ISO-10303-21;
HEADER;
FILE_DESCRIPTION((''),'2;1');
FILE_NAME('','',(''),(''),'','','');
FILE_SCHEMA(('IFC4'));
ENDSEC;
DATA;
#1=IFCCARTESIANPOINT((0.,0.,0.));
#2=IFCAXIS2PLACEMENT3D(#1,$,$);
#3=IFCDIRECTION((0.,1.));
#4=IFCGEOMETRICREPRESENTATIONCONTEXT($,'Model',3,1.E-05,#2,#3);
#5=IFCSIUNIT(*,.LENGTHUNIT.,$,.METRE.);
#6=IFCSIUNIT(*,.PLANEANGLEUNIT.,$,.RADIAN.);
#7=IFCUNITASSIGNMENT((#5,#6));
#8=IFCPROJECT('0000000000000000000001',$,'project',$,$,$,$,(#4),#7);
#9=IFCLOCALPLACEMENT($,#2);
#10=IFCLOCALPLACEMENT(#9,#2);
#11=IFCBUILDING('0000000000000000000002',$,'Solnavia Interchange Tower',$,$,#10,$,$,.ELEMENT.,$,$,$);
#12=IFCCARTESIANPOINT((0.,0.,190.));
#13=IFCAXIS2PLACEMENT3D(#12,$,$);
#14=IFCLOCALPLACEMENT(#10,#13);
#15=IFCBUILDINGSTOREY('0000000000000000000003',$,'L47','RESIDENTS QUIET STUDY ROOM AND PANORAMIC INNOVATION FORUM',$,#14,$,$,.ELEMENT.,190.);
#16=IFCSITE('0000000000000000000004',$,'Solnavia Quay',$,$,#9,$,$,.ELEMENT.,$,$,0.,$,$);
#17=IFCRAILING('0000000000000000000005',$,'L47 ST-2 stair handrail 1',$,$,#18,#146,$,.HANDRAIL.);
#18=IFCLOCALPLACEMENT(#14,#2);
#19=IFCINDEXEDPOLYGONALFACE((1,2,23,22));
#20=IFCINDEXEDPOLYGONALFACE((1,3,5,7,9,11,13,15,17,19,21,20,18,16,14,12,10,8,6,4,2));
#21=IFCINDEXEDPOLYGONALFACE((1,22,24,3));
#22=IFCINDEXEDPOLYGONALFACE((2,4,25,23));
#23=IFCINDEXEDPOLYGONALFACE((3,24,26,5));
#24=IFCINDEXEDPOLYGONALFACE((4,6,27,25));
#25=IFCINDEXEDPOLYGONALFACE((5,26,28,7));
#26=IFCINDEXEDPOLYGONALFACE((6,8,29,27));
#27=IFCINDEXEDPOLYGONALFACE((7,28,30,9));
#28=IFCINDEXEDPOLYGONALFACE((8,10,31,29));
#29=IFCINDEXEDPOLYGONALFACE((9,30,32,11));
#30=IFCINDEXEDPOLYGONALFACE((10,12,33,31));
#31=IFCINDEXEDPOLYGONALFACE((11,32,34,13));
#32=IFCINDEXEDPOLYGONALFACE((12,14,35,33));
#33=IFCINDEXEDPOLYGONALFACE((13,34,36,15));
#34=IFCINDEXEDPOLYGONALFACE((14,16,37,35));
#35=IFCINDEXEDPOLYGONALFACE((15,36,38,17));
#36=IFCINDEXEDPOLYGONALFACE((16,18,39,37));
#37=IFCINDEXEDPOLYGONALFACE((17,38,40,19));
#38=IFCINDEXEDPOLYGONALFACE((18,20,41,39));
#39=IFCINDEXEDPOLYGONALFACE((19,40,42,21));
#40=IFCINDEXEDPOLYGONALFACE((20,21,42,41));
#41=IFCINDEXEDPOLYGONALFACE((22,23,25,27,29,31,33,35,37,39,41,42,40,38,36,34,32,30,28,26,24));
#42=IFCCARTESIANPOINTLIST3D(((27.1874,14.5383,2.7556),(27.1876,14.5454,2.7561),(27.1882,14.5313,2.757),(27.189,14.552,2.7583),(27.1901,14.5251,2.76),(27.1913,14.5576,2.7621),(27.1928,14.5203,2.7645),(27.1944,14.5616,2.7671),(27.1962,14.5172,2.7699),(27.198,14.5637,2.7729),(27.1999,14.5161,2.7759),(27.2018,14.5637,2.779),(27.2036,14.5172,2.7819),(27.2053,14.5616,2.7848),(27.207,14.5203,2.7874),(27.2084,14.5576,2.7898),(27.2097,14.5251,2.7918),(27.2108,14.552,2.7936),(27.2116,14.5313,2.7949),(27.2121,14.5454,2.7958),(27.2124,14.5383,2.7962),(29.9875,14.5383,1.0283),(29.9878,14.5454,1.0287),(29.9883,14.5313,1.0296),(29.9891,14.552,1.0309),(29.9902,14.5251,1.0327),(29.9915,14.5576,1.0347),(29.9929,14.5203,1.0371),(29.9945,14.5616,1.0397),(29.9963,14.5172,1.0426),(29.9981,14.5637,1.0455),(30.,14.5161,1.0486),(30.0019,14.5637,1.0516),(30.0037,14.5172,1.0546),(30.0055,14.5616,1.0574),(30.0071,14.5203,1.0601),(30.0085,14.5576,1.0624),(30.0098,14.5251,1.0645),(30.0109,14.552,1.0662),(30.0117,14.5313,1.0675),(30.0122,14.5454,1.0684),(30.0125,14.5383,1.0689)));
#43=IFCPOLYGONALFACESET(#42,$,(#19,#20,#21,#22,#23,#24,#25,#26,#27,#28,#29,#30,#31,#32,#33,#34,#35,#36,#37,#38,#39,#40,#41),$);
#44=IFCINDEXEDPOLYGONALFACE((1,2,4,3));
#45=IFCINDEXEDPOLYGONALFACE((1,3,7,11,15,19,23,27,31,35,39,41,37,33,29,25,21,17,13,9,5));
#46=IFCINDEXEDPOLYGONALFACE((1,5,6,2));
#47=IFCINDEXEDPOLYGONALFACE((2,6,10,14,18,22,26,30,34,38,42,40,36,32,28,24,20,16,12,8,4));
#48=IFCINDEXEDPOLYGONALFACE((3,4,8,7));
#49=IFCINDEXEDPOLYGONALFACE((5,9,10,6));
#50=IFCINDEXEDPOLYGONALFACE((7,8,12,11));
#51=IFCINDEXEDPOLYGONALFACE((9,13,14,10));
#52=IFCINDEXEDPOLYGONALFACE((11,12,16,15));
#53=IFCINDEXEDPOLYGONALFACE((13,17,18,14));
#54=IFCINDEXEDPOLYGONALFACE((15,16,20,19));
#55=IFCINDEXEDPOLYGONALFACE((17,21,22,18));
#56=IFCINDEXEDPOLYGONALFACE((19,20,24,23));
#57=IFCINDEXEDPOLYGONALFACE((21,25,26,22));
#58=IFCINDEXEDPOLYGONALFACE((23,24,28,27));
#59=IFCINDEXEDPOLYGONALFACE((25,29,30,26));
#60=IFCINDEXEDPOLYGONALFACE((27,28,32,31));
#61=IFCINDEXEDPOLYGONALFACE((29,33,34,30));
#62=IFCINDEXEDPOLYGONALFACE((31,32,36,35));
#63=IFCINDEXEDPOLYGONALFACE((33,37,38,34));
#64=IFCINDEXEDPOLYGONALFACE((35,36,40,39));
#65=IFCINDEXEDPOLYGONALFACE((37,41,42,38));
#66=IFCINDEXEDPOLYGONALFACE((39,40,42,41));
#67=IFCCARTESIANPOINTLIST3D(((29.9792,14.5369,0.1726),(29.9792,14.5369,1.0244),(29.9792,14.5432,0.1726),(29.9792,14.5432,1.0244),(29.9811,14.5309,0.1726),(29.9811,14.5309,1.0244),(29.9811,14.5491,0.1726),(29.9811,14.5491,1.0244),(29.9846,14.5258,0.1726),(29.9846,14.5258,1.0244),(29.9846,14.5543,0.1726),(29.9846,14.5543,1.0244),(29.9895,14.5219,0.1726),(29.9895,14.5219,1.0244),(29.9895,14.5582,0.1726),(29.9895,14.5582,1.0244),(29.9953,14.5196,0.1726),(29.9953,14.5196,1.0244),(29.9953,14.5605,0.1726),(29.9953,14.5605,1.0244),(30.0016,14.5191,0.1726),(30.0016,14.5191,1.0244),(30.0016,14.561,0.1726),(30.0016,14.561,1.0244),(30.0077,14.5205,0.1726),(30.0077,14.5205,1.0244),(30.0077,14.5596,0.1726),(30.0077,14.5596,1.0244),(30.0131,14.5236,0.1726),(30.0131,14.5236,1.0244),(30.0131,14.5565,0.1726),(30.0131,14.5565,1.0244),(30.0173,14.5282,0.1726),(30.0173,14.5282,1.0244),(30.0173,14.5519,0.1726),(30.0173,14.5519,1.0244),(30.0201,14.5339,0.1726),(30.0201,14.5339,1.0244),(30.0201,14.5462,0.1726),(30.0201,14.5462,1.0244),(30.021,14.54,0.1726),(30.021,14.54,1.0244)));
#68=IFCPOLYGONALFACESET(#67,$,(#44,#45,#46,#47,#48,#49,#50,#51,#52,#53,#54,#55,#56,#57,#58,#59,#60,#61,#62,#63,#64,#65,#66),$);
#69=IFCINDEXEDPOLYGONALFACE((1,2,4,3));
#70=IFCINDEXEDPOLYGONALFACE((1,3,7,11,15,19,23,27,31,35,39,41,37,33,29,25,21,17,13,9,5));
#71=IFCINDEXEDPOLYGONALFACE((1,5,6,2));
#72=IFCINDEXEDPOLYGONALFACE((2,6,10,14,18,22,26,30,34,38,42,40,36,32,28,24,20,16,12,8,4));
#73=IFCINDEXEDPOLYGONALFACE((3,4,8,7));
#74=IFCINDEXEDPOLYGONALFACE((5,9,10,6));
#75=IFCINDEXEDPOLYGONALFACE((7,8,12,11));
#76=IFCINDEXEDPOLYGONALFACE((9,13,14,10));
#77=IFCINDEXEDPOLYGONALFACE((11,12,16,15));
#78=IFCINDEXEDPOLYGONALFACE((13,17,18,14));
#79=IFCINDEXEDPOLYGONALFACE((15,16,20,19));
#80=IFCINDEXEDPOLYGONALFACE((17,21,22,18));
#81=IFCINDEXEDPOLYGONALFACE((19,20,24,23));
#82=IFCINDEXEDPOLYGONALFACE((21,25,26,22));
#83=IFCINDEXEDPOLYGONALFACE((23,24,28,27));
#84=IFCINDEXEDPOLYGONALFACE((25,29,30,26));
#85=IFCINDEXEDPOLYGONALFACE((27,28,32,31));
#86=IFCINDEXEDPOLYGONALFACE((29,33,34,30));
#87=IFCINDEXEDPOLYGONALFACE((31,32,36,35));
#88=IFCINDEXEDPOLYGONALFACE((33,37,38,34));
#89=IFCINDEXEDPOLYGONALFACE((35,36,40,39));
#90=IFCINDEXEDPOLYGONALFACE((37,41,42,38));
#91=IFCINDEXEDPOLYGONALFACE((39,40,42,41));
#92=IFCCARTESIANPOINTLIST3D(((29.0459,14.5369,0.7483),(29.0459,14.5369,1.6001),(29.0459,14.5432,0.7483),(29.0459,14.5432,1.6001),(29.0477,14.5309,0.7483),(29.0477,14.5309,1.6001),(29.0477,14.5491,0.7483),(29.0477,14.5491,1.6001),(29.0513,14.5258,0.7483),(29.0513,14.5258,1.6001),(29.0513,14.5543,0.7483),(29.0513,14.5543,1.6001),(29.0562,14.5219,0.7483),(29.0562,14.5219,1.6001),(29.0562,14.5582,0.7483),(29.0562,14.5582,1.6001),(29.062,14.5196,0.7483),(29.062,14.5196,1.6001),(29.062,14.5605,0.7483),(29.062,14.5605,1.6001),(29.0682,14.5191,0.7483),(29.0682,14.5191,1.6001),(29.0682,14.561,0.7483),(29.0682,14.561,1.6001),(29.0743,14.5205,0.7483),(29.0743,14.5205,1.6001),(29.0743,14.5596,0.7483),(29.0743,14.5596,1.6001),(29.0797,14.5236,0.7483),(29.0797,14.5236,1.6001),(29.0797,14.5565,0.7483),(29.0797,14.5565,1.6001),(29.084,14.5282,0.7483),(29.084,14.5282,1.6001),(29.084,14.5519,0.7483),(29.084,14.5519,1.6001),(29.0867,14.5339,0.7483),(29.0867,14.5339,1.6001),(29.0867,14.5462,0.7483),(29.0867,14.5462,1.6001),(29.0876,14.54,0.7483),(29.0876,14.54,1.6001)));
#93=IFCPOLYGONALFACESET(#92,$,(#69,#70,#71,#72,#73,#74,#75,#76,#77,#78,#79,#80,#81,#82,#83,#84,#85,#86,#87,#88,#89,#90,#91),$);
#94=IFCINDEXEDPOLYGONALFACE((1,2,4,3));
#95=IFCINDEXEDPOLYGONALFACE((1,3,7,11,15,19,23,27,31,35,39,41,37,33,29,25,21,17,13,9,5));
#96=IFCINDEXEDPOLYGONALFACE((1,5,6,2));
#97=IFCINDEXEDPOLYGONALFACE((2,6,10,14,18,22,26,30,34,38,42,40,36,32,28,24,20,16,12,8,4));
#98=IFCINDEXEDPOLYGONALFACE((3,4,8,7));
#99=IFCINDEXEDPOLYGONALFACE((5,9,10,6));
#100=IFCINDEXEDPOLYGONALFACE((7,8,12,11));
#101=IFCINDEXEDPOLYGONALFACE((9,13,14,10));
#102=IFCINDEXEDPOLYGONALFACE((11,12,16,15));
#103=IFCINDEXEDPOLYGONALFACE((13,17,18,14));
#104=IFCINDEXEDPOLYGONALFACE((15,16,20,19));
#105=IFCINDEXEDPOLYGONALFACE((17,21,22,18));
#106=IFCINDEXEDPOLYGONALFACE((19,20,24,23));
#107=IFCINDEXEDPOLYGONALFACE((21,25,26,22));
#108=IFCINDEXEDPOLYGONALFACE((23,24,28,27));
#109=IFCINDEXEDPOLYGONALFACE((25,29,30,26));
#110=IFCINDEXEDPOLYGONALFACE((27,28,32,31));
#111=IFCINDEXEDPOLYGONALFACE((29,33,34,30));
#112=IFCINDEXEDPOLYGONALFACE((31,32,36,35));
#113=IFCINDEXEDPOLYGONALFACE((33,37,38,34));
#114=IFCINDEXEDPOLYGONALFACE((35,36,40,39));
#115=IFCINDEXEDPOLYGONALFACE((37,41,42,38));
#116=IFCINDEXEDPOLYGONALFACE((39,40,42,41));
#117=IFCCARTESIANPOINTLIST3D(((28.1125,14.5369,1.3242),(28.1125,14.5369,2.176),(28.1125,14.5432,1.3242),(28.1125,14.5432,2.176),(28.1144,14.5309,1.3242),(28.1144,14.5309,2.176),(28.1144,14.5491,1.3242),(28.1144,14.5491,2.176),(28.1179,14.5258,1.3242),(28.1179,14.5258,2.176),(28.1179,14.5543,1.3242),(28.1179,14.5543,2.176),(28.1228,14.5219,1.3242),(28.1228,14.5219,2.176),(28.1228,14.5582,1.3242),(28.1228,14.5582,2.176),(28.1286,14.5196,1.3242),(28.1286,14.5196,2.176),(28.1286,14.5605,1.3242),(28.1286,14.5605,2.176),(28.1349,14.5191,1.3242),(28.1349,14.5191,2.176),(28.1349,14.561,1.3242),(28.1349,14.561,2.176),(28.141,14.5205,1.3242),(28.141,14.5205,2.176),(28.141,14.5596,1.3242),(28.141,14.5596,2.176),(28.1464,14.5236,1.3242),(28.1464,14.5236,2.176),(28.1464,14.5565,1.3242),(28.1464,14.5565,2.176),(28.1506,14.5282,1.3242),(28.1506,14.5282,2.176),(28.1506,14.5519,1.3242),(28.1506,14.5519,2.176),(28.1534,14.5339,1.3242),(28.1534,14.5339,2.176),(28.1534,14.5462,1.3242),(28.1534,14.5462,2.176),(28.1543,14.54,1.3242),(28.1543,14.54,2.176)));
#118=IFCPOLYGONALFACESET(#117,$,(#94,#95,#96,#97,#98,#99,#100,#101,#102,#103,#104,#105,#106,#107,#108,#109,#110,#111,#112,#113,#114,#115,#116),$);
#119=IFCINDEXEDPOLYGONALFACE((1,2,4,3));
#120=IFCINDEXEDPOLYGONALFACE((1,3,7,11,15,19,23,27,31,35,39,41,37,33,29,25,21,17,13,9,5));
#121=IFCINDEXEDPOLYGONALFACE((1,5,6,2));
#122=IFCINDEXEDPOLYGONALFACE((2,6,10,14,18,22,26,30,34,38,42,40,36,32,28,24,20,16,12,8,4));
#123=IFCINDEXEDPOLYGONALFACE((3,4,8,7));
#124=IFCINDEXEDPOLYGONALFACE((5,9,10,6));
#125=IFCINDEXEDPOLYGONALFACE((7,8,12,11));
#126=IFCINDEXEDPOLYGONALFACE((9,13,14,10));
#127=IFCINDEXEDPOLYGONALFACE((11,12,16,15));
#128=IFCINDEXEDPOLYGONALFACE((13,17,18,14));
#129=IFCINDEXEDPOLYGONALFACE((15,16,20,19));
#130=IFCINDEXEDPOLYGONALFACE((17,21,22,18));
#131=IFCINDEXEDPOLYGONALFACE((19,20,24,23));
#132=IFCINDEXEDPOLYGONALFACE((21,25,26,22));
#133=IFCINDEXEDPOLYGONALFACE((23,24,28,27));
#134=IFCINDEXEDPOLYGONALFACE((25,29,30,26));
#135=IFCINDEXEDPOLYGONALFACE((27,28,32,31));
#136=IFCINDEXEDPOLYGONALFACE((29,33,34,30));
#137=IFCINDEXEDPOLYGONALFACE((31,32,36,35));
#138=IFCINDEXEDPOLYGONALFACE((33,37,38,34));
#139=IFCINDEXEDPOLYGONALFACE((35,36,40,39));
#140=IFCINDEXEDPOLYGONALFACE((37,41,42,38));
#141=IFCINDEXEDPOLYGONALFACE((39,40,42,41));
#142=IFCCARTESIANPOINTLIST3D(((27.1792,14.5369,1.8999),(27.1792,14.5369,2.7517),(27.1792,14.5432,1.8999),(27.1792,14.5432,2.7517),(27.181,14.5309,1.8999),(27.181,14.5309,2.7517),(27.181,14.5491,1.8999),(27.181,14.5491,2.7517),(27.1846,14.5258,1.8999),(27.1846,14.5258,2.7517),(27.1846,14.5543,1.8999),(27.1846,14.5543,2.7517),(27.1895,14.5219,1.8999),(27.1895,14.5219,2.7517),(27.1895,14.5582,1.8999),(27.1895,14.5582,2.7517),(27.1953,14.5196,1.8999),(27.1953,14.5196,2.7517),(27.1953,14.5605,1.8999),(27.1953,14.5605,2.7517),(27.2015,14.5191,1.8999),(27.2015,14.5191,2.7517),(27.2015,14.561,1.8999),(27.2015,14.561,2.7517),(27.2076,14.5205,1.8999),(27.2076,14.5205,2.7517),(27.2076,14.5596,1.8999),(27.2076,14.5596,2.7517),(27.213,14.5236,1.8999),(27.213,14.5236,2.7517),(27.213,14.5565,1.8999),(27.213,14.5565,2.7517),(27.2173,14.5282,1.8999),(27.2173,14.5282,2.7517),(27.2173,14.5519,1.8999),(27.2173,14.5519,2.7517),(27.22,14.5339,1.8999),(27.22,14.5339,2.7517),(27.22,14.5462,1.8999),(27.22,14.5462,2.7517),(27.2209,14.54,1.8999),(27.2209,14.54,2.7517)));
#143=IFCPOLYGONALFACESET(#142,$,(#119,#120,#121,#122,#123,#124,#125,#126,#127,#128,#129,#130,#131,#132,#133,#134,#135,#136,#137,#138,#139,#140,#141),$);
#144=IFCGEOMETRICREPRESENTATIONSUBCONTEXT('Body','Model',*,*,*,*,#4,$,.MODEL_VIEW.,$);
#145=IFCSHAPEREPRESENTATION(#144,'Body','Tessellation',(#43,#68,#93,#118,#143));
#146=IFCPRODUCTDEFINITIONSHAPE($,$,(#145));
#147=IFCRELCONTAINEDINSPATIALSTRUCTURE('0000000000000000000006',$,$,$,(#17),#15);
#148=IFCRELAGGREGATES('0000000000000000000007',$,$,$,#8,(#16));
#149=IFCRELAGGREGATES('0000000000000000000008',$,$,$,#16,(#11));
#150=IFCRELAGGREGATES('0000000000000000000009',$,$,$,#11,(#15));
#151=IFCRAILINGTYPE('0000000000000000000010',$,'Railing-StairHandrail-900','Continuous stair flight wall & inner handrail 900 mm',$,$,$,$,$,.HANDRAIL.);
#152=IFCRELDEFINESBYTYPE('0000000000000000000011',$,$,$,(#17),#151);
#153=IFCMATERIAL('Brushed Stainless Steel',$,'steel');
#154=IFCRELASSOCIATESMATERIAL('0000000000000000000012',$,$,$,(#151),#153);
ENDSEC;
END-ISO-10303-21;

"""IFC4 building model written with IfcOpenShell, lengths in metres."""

from ifc_helpers import new_model, si_unit, direction, frame, origin, origin_2d, place, context, subcontext, project, spatial, circle, extrude, material, type_object, element, save


model = new_model("IFC4")

# Units and contexts
model_context = context("Model", 3, precision=1e-05, world=origin(), true_north=direction((0.0, 1.0)))
body_context = subcontext(model_context, "Body", "Model", "MODEL_VIEW")
ifc_project = project(units=[si_unit("LENGTHUNIT", "METRE"), si_unit("PLANEANGLEUNIT", "RADIAN")], contexts=[model_context])

# Site, building, storey
site_placement = place(None, origin())
site = spatial("IfcSite", under=ifc_project, at=site_placement, Name="Solnavia Quay", CompositionType="ELEMENT", RefElevation=0.0)
building_placement = place(site_placement, origin())
building = spatial("IfcBuilding", under=site, at=building_placement, Name="Solnavia Interchange Tower", CompositionType="ELEMENT")
storey_placement = place(building_placement, frame((0.0, 0.0, 190.0)))
storey = spatial("IfcBuildingStorey", under=building, at=storey_placement, Name="L47", Description="RESIDENTS QUIET STUDY ROOM AND PANORAMIC INNOVATION FORUM", CompositionType="ELEMENT", Elevation=190.0)

# Railing
ifc_material_1 = material(Name="Brushed Stainless Steel", Category="steel")
railing_type_1 = type_object("IfcRailingType", Name="Railing-StairHandrail-900", Description="Continuous stair flight wall & inner handrail 900 mm", PredefinedType="HANDRAIL", material=ifc_material_1)
railing_1_placement = place(storey_placement, frame((30.0, 14.54, 0.1726)))
element("IfcRailing", 1, at=railing_1_placement, inside=storey, type_object=railing_type_1, Name="L47 ST-2 stair handrail 1", PredefinedType="HANDRAIL", context=body_context, shape_type="SweptSolid", body=[
    extrude(circle(Radius=0.0239, at=origin_2d()), frame((0.0, 0.0, 0.876), z_axis=(-0.85109, 0.0, 0.52502), x_axis=(0.0, -1.0, 0.0)), (0.0, 0.0, 1.0), 3.29),
    extrude(circle(Radius=0.021, at=origin_2d()), origin(), (0.0, 0.0, 1.0), 0.8518),
    extrude(circle(Radius=0.021, at=origin_2d()), frame((-0.9333, 0.0, 0.5757)), (0.0, 0.0, 1.0), 0.8518),
    extrude(circle(Radius=0.021, at=origin_2d()), frame((-1.8667, 0.0, 1.1516)), (0.0, 0.0, 1.0), 0.8518),
    extrude(circle(Radius=0.021, at=origin_2d()), frame((-2.8, 0.0, 1.7273)), (0.0, 0.0, 1.0), 0.8518),
])

save(model, "model.ifc")
